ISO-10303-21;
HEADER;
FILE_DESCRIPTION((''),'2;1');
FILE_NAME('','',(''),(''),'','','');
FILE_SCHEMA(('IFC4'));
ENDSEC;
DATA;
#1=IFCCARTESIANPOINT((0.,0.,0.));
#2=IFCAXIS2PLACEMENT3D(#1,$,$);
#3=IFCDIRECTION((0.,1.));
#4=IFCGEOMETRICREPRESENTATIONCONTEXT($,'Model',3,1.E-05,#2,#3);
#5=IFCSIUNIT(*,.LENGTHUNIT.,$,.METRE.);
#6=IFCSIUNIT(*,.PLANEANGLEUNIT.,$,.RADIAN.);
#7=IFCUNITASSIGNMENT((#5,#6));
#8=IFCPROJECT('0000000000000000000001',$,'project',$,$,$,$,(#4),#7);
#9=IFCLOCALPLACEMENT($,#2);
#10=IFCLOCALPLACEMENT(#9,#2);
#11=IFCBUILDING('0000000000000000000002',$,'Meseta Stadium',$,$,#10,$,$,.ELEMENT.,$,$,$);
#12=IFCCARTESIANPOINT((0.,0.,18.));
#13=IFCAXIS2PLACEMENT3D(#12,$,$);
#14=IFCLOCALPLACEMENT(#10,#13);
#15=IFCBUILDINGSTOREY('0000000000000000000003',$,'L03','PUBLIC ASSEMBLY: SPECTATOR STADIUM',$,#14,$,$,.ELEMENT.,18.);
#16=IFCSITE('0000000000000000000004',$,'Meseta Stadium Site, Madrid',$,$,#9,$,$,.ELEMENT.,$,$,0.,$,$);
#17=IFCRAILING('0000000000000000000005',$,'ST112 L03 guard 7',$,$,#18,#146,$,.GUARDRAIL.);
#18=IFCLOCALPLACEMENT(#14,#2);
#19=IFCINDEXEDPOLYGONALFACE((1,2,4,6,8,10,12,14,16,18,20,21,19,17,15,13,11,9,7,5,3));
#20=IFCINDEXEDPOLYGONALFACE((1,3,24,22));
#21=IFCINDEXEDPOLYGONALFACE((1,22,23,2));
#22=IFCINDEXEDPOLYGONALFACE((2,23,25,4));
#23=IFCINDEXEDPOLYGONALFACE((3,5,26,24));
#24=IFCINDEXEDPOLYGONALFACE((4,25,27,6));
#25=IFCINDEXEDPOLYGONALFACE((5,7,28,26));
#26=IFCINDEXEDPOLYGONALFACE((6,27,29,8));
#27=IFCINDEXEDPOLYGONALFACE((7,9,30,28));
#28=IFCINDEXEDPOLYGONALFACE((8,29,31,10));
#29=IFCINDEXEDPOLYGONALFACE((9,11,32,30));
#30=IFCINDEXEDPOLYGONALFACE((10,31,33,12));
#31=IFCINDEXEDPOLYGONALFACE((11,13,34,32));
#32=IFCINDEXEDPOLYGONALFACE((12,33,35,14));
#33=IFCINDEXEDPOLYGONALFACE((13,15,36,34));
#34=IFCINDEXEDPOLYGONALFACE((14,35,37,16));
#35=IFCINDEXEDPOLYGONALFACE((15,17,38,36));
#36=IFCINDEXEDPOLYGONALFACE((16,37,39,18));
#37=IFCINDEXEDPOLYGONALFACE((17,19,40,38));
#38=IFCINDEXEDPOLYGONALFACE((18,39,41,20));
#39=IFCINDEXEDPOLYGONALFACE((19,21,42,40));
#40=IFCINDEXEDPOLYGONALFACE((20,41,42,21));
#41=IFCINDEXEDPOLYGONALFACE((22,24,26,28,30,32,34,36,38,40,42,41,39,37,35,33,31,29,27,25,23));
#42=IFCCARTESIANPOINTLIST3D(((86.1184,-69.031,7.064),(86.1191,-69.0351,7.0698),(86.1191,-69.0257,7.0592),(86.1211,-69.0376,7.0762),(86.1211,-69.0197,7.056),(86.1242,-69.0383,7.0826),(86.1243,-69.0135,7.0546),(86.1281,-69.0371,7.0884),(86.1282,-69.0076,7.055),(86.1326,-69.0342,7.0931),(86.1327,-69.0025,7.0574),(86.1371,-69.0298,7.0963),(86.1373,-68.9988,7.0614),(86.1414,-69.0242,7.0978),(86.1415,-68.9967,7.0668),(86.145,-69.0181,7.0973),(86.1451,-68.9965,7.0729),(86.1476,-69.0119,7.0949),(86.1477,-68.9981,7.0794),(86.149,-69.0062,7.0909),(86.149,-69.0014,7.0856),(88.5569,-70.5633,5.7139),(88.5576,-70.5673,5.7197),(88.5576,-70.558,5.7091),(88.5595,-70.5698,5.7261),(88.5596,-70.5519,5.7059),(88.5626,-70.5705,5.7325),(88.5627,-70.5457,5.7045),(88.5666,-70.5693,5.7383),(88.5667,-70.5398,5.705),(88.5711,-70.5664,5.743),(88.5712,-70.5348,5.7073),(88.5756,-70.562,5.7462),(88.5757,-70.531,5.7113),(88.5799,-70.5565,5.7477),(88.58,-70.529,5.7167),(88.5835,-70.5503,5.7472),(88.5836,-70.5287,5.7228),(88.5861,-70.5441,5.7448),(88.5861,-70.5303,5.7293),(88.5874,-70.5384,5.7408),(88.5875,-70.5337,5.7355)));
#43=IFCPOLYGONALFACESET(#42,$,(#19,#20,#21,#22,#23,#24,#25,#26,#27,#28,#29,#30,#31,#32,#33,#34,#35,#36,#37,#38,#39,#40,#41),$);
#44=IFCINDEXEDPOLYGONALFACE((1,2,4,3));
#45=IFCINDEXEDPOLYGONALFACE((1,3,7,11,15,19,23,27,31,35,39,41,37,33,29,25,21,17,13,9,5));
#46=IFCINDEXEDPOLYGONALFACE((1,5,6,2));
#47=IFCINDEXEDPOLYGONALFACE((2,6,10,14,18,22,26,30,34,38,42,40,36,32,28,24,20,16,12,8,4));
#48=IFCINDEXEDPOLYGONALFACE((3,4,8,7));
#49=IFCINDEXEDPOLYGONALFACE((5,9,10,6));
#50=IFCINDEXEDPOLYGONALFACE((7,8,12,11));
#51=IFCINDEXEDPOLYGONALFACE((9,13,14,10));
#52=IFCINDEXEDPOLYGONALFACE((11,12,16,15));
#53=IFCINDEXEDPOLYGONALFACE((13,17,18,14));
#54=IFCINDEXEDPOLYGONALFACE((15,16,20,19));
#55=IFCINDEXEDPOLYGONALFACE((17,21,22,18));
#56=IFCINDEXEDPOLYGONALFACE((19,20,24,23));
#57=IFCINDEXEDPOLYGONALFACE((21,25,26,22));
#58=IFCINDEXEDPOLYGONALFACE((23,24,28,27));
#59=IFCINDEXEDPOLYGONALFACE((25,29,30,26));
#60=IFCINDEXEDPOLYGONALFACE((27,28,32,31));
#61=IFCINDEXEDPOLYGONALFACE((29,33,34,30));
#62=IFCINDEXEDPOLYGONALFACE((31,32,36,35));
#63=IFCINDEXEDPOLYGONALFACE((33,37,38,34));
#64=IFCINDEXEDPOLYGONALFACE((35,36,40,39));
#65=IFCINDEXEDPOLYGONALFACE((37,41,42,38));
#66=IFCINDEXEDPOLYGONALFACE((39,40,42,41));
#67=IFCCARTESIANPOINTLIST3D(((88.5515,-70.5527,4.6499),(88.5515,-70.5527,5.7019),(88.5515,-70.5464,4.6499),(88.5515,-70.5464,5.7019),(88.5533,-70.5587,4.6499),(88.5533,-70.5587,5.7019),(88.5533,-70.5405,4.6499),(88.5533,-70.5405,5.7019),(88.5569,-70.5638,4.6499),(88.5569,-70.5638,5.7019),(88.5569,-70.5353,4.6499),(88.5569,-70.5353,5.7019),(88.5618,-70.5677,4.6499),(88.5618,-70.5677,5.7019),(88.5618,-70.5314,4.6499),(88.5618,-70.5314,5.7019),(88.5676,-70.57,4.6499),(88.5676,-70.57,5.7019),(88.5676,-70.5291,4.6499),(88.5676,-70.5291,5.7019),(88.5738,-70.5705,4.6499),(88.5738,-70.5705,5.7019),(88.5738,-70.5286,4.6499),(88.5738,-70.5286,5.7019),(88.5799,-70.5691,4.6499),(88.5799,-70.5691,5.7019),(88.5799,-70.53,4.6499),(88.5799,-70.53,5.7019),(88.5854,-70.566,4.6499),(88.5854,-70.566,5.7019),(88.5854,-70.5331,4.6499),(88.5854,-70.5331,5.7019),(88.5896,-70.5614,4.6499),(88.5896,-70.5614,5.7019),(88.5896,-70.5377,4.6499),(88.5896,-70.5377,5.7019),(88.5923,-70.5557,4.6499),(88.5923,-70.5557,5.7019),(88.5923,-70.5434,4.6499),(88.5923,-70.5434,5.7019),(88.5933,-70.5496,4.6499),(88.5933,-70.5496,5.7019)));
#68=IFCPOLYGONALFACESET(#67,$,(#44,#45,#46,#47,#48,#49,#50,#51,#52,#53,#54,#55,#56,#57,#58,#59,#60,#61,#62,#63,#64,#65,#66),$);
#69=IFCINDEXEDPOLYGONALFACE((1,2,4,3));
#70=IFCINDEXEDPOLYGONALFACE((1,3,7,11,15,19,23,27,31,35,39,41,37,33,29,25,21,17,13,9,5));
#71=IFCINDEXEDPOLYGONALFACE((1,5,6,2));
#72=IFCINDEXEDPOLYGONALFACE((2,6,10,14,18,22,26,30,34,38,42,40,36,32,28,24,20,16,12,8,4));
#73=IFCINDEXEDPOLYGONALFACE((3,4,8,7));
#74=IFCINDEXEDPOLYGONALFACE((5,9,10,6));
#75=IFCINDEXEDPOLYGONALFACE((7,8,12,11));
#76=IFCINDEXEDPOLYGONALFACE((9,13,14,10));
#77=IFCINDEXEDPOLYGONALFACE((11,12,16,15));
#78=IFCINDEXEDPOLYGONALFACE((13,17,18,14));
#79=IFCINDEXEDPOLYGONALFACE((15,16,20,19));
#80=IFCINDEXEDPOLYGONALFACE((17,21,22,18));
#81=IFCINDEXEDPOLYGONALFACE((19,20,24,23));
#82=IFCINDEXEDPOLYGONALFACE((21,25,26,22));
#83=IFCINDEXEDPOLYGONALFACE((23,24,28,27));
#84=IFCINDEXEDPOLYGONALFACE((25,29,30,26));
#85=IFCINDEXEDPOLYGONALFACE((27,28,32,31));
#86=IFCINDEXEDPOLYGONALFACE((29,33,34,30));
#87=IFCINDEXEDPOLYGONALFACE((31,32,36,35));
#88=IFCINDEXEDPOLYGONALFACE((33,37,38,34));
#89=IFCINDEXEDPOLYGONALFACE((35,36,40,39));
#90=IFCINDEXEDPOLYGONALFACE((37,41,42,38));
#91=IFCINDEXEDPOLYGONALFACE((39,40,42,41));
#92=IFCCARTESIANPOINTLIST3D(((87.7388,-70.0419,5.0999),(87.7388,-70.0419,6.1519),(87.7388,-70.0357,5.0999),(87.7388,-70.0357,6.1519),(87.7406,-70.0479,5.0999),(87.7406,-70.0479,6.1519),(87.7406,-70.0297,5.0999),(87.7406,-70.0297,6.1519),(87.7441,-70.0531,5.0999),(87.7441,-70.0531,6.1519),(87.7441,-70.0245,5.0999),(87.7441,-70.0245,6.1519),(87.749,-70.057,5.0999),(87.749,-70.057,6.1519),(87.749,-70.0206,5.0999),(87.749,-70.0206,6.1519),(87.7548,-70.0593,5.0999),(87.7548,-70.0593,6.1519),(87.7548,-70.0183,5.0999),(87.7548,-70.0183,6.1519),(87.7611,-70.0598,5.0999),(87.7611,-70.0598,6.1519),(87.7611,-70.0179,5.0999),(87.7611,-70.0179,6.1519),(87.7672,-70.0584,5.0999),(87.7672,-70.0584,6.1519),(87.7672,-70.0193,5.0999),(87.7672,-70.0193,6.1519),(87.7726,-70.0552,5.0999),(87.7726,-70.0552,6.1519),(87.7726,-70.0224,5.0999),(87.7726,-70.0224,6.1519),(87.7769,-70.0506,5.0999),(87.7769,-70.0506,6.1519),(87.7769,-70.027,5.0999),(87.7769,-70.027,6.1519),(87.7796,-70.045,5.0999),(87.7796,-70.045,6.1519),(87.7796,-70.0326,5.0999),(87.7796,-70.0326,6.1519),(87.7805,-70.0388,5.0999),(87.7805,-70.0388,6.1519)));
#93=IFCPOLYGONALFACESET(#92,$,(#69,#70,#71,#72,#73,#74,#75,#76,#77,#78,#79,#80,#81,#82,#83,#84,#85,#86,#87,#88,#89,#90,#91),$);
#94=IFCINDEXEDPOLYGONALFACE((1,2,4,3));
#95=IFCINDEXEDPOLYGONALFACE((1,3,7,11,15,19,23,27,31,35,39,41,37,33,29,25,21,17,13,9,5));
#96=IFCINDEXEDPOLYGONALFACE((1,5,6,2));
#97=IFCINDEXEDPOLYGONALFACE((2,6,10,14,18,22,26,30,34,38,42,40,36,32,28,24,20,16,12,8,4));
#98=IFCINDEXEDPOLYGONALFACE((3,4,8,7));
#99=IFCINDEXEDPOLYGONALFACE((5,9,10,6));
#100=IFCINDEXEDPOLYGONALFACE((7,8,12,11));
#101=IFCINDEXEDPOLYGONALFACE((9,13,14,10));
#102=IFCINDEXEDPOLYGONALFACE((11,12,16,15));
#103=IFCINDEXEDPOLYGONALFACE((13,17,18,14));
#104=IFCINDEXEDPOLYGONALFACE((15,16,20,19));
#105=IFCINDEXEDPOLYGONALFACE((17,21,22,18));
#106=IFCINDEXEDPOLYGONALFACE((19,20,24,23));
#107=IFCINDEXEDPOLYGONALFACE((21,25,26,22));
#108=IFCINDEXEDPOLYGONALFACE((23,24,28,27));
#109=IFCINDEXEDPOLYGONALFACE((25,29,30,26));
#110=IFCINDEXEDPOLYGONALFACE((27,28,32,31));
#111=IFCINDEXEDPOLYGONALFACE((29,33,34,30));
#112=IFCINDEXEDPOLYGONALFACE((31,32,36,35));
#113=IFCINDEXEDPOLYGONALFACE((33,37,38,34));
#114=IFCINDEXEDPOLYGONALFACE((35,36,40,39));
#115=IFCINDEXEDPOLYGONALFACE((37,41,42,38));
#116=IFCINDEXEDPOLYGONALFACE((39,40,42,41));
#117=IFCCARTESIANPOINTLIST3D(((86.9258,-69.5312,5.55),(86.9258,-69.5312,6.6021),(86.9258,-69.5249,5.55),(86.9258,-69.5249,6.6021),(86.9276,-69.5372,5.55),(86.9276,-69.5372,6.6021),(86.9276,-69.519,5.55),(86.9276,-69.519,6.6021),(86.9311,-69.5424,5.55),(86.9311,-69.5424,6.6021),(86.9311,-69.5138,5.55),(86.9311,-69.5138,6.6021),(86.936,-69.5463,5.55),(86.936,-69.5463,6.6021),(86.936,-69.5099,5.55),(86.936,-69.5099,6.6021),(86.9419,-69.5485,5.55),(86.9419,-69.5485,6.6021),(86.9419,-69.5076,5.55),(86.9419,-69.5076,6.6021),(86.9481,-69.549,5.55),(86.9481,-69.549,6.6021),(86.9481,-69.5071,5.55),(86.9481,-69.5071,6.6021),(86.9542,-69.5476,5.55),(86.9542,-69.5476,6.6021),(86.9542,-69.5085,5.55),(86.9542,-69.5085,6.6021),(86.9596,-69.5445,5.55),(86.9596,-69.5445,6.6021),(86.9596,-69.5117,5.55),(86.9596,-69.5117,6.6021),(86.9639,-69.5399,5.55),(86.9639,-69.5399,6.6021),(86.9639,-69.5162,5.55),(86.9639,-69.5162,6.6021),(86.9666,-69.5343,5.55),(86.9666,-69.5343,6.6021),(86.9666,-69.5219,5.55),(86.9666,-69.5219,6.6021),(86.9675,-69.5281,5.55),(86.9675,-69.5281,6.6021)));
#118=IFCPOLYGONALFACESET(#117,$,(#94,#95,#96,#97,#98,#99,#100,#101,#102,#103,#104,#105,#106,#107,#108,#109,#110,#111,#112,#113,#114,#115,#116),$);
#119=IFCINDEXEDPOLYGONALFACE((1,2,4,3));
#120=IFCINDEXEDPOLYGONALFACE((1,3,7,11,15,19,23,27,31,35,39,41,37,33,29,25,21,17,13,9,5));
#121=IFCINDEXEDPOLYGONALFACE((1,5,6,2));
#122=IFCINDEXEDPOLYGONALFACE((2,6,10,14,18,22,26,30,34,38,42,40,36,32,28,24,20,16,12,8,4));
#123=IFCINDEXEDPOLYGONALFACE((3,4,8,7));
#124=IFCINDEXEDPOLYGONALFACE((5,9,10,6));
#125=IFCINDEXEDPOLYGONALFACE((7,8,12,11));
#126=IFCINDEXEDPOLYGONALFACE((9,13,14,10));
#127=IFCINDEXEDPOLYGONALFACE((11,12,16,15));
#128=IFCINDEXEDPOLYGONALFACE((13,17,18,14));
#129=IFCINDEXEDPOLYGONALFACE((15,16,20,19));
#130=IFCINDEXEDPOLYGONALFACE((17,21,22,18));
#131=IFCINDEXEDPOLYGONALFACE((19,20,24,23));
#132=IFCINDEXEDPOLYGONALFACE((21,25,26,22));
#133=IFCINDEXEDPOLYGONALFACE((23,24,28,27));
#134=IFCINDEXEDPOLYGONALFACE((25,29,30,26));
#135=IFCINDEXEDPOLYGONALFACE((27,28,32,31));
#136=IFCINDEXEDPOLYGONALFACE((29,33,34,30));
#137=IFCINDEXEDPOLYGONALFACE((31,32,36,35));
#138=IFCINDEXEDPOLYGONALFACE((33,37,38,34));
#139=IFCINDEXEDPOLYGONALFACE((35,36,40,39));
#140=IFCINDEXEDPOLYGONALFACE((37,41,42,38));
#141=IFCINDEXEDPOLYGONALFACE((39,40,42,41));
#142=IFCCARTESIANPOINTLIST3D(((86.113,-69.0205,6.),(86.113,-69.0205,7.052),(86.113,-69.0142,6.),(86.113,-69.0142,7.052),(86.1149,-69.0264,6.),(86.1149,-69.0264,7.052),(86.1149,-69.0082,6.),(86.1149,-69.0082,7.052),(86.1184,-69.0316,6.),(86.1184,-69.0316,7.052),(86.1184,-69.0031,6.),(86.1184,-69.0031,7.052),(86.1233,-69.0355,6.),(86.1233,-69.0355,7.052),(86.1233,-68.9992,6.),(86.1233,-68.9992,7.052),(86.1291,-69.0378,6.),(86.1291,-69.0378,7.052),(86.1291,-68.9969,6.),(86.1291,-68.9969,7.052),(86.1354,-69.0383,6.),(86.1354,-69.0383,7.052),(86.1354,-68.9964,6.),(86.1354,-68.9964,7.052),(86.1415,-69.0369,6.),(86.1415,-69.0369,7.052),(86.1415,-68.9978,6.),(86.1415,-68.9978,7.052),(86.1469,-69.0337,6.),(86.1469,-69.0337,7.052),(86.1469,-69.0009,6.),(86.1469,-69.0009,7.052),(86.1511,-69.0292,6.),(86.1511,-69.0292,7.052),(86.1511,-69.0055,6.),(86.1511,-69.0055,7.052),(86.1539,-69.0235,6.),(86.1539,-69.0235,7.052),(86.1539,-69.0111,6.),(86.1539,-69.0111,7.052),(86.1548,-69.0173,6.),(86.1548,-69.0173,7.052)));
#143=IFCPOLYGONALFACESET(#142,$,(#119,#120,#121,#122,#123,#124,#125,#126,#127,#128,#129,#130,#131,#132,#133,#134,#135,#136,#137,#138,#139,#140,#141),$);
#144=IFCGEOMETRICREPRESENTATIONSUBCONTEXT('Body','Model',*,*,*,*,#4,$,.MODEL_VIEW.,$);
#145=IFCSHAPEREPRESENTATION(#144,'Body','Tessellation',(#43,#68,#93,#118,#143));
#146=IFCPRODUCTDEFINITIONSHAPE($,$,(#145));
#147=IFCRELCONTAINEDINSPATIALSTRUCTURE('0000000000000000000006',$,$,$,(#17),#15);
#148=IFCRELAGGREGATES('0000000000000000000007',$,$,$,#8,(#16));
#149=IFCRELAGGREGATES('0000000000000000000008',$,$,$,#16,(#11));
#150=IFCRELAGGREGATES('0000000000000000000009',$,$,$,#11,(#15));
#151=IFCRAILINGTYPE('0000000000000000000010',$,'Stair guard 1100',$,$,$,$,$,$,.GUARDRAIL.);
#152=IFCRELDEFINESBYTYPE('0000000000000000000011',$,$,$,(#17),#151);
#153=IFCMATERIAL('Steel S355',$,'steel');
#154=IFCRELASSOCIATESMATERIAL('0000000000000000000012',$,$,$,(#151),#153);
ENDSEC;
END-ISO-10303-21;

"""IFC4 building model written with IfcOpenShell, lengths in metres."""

from ifc_helpers import new_model, si_unit, direction, frame, origin, origin_2d, place, context, subcontext, project, spatial, circle, extrude, material, type_object, element, save


model = new_model("IFC4")

# Units and contexts
model_context = context("Model", 3, precision=1e-05, world=origin(), true_north=direction((0.0, 1.0)))
body_context = subcontext(model_context, "Body", "Model", "MODEL_VIEW")
ifc_project = project(units=[si_unit("LENGTHUNIT", "METRE"), si_unit("PLANEANGLEUNIT", "RADIAN")], contexts=[model_context])

# Site, building, storey
site_placement = place(None, origin())
site = spatial("IfcSite", under=ifc_project, at=site_placement, Name="Meseta Stadium Site, Madrid", CompositionType="ELEMENT", RefElevation=0.0)
building_placement = place(site_placement, origin())
building = spatial("IfcBuilding", under=site, at=building_placement, Name="Meseta Stadium", CompositionType="ELEMENT")
storey_placement = place(building_placement, frame((0.0, 0.0, 18.0)))
storey = spatial("IfcBuildingStorey", under=building, at=storey_placement, Name="L03", Description="PUBLIC ASSEMBLY: SPECTATOR STADIUM", CompositionType="ELEMENT", Elevation=18.0)

# Railing
ifc_material_1 = material(Name="Steel S355", Category="steel")
railing_type_1 = type_object("IfcRailingType", Name="Stair guard 1100", PredefinedType="GUARDRAIL", material=ifc_material_1)
for number, where, name in (
    (1, (88.5723, -70.5496, 4.6499), "ST112 L03 guard 7"),
):
    element("IfcRailing", number, at=place(storey_placement, frame(where)), inside=storey, type_object=railing_type_1, Name=name, PredefinedType="GUARDRAIL", context=body_context, shape_type="SweptSolid", body=[
        extrude(circle(Radius=0.0239, at=origin_2d()), frame((0.0, 0.0, 1.0762), z_axis=(-0.766655, 0.481731, 0.42447), x_axis=(-0.53204, -0.846719, 0.0)), (0.0, 0.0, 1.0), 3.1807),
        extrude(circle(Radius=0.021, at=origin_2d()), origin(), (0.0, 0.0, 1.0), 1.052),
        extrude(circle(Radius=0.021, at=origin_2d()), frame((-0.8127, 0.5107, 0.45)), (0.0, 0.0, 1.0), 1.052),
        extrude(circle(Radius=0.021, at=origin_2d()), frame((-1.6257, 1.0215, 0.9001)), (0.0, 0.0, 1.0), 1.052),
        extrude(circle(Radius=0.021, at=origin_2d()), frame((-2.4385, 1.5322, 1.3501)), (0.0, 0.0, 1.0), 1.052),
    ])

save(model, "model.ifc")
